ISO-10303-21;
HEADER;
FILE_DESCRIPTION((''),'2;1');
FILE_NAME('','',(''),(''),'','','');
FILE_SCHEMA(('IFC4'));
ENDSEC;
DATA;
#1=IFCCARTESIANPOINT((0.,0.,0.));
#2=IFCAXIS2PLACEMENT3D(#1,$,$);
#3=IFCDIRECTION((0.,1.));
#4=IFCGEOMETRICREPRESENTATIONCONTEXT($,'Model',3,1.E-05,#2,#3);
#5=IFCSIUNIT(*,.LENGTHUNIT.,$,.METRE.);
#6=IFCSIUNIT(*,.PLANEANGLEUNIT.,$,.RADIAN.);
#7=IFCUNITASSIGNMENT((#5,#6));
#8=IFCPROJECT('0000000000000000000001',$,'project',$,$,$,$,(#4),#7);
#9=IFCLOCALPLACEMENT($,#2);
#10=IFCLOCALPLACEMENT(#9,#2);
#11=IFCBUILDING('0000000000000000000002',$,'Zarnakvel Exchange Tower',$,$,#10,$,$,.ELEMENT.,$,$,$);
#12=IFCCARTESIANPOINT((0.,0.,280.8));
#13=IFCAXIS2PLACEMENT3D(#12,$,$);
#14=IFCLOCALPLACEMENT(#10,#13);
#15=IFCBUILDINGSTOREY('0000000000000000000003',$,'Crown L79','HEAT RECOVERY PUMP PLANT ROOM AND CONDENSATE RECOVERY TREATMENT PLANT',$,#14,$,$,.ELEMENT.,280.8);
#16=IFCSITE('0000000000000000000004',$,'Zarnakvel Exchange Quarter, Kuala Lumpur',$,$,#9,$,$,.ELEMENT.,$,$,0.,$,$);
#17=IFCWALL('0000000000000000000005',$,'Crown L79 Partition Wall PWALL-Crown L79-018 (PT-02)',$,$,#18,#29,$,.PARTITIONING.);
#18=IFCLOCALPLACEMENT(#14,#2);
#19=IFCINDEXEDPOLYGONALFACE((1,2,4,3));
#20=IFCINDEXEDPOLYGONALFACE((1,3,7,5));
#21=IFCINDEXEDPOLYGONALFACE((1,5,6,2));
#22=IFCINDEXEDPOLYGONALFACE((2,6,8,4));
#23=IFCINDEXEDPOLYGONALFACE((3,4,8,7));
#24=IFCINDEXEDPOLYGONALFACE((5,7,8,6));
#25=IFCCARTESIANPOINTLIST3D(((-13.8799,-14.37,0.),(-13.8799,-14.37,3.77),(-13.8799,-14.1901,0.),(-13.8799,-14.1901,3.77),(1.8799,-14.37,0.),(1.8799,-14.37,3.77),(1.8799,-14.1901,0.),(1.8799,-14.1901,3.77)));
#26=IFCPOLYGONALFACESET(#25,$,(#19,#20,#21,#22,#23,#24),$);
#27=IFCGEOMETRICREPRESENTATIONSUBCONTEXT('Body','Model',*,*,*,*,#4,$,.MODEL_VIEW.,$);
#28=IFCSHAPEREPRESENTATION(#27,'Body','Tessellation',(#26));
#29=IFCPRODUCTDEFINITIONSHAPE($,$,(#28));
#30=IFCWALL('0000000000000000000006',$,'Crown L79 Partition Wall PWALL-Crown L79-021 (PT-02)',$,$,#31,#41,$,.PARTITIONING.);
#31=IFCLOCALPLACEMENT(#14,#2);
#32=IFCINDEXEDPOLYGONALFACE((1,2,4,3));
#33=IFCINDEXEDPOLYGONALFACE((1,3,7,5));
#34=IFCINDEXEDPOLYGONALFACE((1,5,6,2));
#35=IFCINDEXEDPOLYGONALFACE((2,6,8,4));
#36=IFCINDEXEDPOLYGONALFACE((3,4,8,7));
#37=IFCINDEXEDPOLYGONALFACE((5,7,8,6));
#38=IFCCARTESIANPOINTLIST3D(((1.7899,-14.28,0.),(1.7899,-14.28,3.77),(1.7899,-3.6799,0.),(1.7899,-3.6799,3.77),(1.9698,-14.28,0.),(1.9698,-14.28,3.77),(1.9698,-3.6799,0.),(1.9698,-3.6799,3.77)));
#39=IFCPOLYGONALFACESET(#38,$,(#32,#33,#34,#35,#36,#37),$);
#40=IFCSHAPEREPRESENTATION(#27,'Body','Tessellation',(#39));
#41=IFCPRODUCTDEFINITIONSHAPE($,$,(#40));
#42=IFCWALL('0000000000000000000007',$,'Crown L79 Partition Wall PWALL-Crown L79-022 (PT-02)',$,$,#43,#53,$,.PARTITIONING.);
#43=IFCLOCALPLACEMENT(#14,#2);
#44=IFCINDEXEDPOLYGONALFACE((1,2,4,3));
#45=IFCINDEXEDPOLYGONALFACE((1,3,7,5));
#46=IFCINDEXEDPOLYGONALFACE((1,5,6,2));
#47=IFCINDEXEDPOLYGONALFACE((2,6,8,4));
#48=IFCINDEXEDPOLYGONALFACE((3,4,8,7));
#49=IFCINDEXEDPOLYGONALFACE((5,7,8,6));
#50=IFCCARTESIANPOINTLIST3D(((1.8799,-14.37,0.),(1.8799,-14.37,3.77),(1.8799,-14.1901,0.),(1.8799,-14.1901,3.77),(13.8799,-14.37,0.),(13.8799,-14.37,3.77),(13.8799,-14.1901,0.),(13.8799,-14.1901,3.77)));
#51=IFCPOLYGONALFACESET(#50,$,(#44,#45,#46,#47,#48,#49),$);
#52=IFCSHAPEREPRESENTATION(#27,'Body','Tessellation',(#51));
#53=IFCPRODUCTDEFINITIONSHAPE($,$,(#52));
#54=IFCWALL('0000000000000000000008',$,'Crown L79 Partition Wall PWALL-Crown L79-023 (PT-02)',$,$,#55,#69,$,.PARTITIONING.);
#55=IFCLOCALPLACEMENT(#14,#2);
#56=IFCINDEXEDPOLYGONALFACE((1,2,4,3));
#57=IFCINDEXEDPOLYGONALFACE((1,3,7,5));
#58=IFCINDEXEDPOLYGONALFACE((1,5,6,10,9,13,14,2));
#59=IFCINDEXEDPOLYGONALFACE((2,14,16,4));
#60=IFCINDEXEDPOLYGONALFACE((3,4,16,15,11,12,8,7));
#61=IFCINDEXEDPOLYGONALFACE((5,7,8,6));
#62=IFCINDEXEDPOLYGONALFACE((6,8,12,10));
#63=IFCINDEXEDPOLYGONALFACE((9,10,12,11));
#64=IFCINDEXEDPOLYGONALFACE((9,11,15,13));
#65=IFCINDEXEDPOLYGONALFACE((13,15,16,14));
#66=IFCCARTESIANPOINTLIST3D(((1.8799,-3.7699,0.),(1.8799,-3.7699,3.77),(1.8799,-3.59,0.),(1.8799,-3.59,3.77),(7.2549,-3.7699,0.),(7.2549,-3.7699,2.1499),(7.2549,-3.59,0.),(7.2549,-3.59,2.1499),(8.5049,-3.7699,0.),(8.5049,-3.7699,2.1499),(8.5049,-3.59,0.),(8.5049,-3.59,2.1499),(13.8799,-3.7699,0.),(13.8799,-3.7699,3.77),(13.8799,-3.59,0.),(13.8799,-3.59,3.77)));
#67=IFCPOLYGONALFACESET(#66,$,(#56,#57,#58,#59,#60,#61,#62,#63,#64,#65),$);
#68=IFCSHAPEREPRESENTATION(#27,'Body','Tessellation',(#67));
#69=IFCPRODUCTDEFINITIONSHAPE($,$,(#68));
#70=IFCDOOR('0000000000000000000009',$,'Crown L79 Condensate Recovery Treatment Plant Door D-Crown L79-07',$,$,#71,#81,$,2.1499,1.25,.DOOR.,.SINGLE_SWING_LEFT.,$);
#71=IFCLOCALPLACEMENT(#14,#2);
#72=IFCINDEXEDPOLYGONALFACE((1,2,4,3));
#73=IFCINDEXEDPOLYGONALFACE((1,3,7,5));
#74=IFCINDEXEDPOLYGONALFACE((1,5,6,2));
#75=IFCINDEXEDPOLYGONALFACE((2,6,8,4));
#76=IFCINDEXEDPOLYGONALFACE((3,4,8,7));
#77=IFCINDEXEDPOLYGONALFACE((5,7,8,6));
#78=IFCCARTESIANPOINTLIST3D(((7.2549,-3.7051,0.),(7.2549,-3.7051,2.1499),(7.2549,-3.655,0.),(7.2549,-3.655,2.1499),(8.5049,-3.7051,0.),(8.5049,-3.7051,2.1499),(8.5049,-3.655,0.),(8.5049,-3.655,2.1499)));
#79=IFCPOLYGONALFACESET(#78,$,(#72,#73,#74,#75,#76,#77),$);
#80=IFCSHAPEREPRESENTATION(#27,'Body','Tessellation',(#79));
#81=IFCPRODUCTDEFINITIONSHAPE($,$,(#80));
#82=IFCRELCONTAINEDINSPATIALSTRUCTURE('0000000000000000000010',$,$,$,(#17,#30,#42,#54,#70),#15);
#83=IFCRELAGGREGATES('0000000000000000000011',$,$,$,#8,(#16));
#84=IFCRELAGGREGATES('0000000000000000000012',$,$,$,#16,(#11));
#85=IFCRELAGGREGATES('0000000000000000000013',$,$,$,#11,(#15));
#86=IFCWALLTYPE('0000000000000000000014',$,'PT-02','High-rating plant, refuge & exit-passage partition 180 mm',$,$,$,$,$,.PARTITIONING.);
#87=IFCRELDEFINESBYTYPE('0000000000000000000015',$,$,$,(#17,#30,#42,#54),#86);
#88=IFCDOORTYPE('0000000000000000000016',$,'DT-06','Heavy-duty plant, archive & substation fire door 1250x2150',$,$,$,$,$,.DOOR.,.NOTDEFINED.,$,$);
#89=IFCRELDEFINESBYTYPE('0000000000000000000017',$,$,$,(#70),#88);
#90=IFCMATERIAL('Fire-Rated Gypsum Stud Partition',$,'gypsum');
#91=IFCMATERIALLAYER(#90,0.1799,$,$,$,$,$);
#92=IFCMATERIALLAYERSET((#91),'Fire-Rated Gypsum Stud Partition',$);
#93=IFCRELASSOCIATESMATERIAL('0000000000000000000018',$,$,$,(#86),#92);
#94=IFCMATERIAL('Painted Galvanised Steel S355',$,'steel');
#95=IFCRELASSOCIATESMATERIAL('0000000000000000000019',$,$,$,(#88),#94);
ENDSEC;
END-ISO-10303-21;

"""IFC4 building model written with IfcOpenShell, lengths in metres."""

from ifc_helpers import new_model, si_unit, direction, frame, frame_2d, origin, place, context, subcontext, project, spatial, rectangle, extrude, source, transform, mapped, material, layer, layer_set, type_object, element, fill, save


model = new_model("IFC4")

# Units and contexts
model_context = context("Model", 3, precision=1e-05, world=origin(), true_north=direction((0.0, 1.0)))
body_context = subcontext(model_context, "Body", "Model", "MODEL_VIEW")
ifc_project = project(units=[si_unit("LENGTHUNIT", "METRE"), si_unit("PLANEANGLEUNIT", "RADIAN")], contexts=[model_context])

# Site, building, storey
site_placement = place(None, origin())
site = spatial("IfcSite", under=ifc_project, at=site_placement, Name="Zarnakvel Exchange Quarter, Kuala Lumpur", CompositionType="ELEMENT", RefElevation=0.0)
building_placement = place(site_placement, origin())
building = spatial("IfcBuilding", under=site, at=building_placement, Name="Zarnakvel Exchange Tower", CompositionType="ELEMENT")
storey_placement = place(building_placement, frame((0.0, 0.0, 280.8)))
storey = spatial("IfcBuildingStorey", under=building, at=storey_placement, Name="Crown L79", Description="HEAT RECOVERY PUMP PLANT ROOM AND CONDENSATE RECOVERY TREATMENT PLANT", CompositionType="ELEMENT", Elevation=280.8)

# Walls
ifc_material_1 = material(Name="Fire-Rated Gypsum Stud Partition", Category="gypsum")
ifc_layer_1 = layer(ifc_material_1, 0.1799)
ifc_layer_set_1 = layer_set([ifc_layer_1], Name="Fire-Rated Gypsum Stud Partition")
wall_type_1 = type_object("IfcWallType", Name="PT-02", Description="High-rating plant, refuge & exit-passage partition 180 mm", PredefinedType="PARTITIONING", material=ifc_layer_set_1)
wall_1_placement = place(storey_placement, frame((1.8799, -14.28, 0.0), z_axis=(0.0, 0.0, 1.0), x_axis=(-1.0, 0.0, 0.0)))
element("IfcWall", 1, at=wall_1_placement, inside=storey, type_object=wall_type_1, Name="Crown L79 Partition Wall PWALL-Crown L79-018 (PT-02)", PredefinedType="PARTITIONING", context=body_context, shape_type="SweptSolid", body=[
    extrude(rectangle(XDim=15.7598, YDim=0.1799, at=frame_2d((7.8799, 0.0))), origin(), (0.0, 0.0, 1.0), 3.77),
])
wall_2_placement = place(storey_placement, frame((1.8799, -3.6799, 0.0), z_axis=(0.0, 0.0, 1.0), x_axis=(0.0, -1.0, 0.0)))
element("IfcWall", 2, at=wall_2_placement, inside=storey, type_object=wall_type_1, Name="Crown L79 Partition Wall PWALL-Crown L79-021 (PT-02)", PredefinedType="PARTITIONING", context=body_context, shape_type="SweptSolid", body=[
    extrude(rectangle(XDim=10.6001, YDim=0.1799, at=frame_2d((5.3, 0.0))), origin(), (0.0, 0.0, 1.0), 3.77),
])
wall_3_placement = place(storey_placement, frame((13.8799, -14.28, 0.0), z_axis=(0.0, 0.0, 1.0), x_axis=(-1.0, 0.0, 0.0)))
element("IfcWall", 3, at=wall_3_placement, inside=storey, type_object=wall_type_1, Name="Crown L79 Partition Wall PWALL-Crown L79-022 (PT-02)", PredefinedType="PARTITIONING", context=body_context, shape_type="SweptSolid", body=[
    extrude(rectangle(XDim=12.0, YDim=0.1799, at=frame_2d((6.0, 0.0))), origin(), (0.0, 0.0, 1.0), 3.77),
])

# Wall, opening, door
wall_4_placement = place(storey_placement, frame((1.8799, -3.6799, 0.0), z_axis=(0.0, 0.0, 1.0), x_axis=(1.0, 0.0, 0.0)))
wall_4 = element("IfcWall", 4, at=wall_4_placement, inside=storey, type_object=wall_type_1, Name="Crown L79 Partition Wall PWALL-Crown L79-023 (PT-02)", PredefinedType="PARTITIONING", context=body_context, shape_type="SweptSolid", body=[
    extrude(rectangle(XDim=12.0, YDim=0.1799, at=frame_2d((6.0, 0.0))), origin(), (0.0, 0.0, 1.0), 3.77),
])
opening_placement = place(wall_4_placement, frame((5.375, 0.0, 0.0)))
opening = element("IfcOpeningElement", 5, at=opening_placement, cuts=wall_4, PredefinedType="OPENING", context=body_context, shape_type="SweptSolid", body=[
    extrude(rectangle(XDim=1.25, YDim=2.1499, at=frame_2d((0.625, 1.075))), frame((0.0, 0.0999, 0.0), z_axis=(0.0, -1.0, 0.0), x_axis=(1.0, 0.0, 0.0)), (0.0, 0.0, 1.0), 0.2),
])
ifc_material_2 = material(Name="Painted Galvanised Steel S355", Category="steel")
door_type = type_object("IfcDoorType", Name="DT-06", Description="Heavy-duty plant, archive & substation fire door 1250x2150", OperationType="NOTDEFINED", PredefinedType="DOOR", material=ifc_material_2)
shared_shape_1 = source(origin(), body_context, "Body", "SweptSolid", [
    extrude(rectangle(XDim=1.25, YDim=2.1499, at=frame_2d((0.625, 1.075))), frame((0.0, 0.0249, 0.0), z_axis=(0.0, -1.0, 0.0), x_axis=(1.0, 0.0, 0.0)), (0.0, 0.0, 1.0), 0.05),
])
door_placement = place(opening_placement, origin())
door = element("IfcDoor", 6, at=door_placement, inside=storey, type_object=door_type, Name="Crown L79 Condensate Recovery Treatment Plant Door D-Crown L79-07", OperationType="SINGLE_SWING_LEFT", OverallHeight=2.1499, OverallWidth=1.25, PredefinedType="DOOR", context=body_context, shape_type="MappedRepresentation", body=[
    mapped(shared_shape_1, transform((0.0, 0.0, 0.0), x_axis=(1.0, 0.0, 0.0), y_axis=(0.0, 1.0, 0.0), z_axis=(0.0, 0.0, 1.0), scale=1.0)),
])
fill(opening, door)

save(model, "model.ifc")
